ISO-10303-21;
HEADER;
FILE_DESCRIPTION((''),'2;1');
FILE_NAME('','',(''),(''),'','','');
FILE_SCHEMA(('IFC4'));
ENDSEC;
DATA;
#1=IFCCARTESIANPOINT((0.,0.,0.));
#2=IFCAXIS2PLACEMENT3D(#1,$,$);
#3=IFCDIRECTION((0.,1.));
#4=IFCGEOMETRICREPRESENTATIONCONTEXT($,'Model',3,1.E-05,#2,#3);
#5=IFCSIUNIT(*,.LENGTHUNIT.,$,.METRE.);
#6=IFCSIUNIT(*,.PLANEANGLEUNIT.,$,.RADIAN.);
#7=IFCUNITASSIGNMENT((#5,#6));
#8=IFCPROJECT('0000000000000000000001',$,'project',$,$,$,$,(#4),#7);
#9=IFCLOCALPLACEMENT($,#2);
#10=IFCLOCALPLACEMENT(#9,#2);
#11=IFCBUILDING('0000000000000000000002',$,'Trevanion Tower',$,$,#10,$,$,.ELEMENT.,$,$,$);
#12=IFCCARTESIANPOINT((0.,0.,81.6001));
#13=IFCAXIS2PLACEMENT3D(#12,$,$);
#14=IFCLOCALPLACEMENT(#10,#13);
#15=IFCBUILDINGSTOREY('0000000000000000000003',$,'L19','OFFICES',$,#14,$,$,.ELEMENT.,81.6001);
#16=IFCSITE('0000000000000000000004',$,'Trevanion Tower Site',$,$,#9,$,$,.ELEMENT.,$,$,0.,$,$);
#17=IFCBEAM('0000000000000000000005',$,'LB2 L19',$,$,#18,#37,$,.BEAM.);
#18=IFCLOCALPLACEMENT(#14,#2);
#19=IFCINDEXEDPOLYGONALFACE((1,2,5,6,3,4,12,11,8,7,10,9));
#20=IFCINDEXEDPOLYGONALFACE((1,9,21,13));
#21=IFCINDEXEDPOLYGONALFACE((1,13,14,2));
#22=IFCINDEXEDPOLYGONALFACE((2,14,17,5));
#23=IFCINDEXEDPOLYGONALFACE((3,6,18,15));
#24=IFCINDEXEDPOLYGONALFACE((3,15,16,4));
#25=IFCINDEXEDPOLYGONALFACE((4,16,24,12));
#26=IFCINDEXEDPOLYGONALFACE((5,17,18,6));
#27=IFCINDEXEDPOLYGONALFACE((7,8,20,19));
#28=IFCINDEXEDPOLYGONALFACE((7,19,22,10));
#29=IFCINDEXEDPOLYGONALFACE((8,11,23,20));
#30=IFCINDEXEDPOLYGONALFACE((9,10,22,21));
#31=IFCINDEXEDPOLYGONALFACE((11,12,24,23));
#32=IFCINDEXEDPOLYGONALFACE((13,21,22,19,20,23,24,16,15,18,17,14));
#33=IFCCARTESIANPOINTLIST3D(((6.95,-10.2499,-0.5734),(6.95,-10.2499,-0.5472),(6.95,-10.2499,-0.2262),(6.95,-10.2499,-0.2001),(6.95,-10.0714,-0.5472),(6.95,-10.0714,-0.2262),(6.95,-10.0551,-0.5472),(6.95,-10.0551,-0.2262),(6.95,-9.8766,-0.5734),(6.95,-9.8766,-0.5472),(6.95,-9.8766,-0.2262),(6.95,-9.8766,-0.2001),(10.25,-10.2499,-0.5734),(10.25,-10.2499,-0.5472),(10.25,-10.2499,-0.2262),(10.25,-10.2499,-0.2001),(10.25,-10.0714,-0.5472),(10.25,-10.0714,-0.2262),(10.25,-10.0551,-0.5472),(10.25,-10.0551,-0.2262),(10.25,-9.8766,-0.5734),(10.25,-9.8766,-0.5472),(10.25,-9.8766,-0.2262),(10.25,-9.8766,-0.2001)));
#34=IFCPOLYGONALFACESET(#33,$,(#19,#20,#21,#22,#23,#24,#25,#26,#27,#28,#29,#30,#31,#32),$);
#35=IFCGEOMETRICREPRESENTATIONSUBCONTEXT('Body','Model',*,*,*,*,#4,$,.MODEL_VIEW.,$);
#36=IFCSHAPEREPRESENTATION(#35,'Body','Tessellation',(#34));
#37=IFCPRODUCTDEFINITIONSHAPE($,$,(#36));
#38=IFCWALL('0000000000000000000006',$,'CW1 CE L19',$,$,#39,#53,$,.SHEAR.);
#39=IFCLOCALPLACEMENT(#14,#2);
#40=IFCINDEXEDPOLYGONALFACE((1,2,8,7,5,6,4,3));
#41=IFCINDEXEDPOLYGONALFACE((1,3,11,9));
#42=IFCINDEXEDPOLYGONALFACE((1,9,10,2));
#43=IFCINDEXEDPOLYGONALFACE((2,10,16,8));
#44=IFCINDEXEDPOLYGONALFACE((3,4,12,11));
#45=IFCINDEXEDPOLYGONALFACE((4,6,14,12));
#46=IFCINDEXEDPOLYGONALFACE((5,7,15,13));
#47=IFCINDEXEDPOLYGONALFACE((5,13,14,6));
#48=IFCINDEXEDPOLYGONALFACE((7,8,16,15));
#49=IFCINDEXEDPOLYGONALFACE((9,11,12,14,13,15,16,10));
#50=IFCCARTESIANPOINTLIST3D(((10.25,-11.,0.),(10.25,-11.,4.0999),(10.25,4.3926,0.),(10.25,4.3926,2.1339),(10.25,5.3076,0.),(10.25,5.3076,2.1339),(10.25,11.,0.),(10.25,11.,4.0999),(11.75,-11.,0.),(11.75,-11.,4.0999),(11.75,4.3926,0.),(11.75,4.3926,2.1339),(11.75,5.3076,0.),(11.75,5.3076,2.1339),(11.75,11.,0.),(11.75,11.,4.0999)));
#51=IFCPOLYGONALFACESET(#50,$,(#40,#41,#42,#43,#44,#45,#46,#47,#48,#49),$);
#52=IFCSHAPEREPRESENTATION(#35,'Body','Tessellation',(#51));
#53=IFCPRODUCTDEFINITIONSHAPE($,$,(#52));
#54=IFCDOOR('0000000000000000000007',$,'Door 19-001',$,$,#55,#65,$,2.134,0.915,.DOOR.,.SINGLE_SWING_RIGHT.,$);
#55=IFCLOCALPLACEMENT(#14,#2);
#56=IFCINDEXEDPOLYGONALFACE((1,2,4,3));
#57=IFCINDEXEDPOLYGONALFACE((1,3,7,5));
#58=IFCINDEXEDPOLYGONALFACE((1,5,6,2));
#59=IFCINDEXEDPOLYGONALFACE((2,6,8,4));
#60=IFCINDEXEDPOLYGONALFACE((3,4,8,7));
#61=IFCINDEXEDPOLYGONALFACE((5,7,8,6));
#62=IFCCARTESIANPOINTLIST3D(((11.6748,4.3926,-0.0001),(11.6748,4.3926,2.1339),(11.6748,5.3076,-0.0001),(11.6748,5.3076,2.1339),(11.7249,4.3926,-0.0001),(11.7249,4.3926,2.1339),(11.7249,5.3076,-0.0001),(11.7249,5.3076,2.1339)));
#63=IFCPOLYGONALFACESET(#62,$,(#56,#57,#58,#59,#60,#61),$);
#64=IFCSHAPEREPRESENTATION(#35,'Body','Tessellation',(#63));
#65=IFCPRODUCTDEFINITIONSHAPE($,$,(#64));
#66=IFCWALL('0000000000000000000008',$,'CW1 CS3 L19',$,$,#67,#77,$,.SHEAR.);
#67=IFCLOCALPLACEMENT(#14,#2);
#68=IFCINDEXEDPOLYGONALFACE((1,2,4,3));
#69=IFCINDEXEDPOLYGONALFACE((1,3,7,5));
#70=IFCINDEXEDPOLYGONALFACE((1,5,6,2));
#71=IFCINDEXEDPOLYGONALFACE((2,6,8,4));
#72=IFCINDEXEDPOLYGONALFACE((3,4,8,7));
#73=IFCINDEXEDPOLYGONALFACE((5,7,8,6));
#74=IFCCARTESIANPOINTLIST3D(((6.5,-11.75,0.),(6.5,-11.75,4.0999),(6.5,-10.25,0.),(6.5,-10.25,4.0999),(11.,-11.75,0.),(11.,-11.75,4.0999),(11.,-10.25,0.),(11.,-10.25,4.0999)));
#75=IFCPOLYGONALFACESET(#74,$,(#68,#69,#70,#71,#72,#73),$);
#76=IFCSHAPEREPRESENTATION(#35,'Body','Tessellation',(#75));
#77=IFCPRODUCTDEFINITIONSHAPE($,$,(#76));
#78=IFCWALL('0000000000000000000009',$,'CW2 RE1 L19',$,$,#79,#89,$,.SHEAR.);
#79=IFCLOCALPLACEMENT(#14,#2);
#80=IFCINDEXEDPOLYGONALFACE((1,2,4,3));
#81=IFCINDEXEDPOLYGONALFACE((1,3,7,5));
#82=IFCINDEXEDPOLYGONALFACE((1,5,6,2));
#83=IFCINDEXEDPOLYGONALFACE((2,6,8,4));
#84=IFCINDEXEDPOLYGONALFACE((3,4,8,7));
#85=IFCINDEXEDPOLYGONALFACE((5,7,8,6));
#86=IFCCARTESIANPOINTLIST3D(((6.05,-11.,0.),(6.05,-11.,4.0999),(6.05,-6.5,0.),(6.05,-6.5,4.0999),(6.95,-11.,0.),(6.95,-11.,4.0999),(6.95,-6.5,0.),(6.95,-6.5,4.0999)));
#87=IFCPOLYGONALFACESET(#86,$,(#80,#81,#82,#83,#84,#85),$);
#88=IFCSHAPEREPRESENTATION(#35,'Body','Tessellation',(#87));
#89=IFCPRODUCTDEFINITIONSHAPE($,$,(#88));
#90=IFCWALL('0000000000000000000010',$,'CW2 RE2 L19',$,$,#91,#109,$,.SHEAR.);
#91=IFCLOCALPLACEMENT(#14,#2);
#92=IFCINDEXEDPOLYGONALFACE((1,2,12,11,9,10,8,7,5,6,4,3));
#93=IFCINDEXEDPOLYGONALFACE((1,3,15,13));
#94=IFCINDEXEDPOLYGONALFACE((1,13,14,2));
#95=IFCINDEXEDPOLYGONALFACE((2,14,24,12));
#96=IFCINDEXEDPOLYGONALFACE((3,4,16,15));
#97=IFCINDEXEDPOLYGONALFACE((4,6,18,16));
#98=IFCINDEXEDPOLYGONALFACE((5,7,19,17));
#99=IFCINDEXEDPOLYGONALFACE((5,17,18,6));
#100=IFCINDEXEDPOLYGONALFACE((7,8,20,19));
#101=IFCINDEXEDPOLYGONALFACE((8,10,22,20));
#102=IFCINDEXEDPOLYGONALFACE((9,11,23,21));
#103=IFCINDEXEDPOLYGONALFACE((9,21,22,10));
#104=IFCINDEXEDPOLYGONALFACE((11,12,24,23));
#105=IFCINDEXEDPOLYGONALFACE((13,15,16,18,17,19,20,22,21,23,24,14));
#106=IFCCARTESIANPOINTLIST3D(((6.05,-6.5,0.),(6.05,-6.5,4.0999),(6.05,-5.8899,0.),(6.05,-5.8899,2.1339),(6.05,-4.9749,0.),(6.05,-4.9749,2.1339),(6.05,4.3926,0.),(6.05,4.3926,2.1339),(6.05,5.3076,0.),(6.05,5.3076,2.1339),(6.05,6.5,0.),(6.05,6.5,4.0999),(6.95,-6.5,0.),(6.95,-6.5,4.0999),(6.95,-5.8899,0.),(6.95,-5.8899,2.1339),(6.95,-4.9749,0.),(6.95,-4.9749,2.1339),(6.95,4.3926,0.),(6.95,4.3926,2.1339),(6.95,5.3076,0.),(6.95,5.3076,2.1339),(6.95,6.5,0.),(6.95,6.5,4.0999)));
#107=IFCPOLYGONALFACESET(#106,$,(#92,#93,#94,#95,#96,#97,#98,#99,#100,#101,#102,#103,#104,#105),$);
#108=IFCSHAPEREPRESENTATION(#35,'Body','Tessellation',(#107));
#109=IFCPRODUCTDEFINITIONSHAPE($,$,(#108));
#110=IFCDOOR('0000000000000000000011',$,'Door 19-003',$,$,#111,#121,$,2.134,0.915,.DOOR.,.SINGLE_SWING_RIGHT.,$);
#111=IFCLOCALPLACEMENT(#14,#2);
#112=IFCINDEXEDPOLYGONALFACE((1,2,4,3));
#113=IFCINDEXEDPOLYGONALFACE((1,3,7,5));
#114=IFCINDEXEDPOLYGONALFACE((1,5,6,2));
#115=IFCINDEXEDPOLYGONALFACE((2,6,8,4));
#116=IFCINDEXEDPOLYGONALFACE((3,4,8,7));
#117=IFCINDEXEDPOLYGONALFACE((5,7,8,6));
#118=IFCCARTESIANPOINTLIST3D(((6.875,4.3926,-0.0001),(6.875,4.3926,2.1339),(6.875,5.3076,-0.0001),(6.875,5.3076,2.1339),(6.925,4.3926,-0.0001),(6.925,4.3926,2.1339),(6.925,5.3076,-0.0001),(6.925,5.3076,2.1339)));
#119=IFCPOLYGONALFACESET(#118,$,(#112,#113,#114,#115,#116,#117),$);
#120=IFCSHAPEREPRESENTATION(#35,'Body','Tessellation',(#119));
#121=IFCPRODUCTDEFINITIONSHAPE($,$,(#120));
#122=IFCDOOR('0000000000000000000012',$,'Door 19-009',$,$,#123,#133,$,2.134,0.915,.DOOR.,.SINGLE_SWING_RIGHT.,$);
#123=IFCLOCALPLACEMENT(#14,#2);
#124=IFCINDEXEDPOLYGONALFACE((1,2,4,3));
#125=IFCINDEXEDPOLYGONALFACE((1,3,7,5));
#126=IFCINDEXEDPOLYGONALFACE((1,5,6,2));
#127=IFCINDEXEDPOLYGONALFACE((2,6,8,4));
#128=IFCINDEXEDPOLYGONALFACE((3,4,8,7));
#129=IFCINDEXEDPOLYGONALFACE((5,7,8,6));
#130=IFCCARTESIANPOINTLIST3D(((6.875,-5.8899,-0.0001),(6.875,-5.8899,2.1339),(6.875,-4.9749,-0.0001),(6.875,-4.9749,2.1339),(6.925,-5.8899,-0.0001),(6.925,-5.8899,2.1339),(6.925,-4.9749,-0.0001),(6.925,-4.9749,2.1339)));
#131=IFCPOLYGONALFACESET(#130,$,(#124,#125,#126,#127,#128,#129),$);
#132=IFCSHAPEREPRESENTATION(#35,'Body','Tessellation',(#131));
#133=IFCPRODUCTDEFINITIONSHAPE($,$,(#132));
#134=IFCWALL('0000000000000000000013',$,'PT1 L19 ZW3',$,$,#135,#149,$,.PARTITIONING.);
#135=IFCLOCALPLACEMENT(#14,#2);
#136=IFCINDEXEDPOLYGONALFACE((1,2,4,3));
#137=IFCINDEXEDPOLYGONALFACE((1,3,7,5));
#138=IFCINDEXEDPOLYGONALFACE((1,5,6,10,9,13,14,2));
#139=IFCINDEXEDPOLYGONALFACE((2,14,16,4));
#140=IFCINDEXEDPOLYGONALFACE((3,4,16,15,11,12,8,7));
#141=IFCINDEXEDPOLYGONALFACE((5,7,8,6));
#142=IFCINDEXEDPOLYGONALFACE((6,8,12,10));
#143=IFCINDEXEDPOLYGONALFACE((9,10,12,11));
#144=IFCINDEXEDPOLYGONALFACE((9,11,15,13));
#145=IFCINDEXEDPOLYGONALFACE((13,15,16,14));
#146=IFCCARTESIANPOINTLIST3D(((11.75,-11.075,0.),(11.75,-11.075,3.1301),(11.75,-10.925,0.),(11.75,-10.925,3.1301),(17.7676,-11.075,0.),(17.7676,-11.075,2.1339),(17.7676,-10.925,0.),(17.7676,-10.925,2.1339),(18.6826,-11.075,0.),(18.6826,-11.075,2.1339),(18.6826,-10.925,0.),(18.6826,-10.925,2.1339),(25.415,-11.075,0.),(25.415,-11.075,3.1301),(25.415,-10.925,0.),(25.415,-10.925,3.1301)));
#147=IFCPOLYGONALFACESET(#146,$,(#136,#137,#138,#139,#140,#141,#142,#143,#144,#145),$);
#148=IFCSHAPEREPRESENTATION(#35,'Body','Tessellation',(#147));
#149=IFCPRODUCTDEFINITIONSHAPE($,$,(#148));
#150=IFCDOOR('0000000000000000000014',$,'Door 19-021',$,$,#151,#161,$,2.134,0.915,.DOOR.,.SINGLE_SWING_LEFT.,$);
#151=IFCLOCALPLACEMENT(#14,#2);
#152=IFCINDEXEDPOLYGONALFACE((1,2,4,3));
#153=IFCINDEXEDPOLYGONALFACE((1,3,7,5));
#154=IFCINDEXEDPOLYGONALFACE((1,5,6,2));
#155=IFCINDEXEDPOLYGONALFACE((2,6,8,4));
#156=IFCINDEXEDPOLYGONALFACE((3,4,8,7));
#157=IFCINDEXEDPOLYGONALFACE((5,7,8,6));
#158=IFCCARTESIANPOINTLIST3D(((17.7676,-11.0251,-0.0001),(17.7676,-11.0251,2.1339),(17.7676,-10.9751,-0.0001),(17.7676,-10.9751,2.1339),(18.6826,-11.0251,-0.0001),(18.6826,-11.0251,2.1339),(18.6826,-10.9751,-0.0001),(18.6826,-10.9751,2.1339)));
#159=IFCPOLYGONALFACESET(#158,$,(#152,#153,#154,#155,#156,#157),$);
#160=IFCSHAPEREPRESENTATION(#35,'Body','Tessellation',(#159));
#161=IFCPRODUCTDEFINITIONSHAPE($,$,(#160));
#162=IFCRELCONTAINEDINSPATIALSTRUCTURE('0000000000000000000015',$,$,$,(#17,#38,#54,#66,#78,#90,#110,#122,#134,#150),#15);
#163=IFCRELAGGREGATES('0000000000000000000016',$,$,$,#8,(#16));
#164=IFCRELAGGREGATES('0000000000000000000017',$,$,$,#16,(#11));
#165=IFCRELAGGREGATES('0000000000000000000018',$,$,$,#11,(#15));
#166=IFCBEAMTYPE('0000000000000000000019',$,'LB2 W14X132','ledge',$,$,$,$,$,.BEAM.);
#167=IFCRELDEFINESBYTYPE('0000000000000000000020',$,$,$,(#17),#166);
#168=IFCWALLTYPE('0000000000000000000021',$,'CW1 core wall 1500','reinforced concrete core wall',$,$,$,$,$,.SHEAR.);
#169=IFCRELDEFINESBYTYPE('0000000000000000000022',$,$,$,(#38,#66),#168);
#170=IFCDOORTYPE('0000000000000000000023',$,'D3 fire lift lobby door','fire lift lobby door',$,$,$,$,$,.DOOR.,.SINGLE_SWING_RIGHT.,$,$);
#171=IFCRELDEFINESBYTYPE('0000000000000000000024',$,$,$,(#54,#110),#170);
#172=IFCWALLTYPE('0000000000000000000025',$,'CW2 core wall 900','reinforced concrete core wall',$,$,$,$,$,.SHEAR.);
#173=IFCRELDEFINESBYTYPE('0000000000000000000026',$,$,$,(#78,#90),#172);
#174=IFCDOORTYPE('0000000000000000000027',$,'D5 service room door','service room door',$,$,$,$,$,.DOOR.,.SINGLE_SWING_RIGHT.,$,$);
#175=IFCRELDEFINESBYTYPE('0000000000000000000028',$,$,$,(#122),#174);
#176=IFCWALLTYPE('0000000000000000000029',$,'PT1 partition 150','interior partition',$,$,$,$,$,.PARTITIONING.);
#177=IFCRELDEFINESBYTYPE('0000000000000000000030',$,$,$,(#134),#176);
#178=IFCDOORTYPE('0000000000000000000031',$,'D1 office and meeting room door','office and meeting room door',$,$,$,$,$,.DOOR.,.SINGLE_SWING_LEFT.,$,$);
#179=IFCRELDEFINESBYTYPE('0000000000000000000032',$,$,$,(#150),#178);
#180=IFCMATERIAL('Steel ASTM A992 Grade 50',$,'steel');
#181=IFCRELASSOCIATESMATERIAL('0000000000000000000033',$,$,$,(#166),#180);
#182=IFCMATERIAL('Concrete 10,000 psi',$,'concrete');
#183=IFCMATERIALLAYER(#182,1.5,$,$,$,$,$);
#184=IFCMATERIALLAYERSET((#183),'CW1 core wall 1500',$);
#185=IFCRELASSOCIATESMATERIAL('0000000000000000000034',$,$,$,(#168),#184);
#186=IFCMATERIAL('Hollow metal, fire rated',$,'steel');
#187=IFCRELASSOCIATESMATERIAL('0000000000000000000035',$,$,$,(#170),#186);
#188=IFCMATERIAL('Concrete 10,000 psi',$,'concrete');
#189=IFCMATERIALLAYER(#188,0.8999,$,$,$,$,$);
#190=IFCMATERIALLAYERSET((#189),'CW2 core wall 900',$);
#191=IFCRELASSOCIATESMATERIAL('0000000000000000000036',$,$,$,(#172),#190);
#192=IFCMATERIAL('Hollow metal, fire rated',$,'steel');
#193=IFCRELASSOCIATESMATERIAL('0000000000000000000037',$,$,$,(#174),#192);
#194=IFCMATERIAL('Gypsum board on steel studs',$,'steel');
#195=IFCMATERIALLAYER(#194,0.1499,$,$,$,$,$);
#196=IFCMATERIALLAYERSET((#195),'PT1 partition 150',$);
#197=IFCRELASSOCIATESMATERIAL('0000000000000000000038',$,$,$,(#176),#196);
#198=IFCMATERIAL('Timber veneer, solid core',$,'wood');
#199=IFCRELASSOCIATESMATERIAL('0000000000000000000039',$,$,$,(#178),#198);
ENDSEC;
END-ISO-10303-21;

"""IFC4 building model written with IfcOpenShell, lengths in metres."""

from ifc_helpers import new_model, si_unit, direction, frame, frame_2d, origin, origin_2d, place, context, subcontext, project, spatial, rectangle, i_section, extrude, material, layer, layer_set, material_profile, profile_set, type_object, element, fill, save


model = new_model("IFC4")

# Units and contexts
model_context = context("Model", 3, precision=1e-05, world=origin(), true_north=direction((0.0, 1.0)))
body_context = subcontext(model_context, "Body", "Model", "MODEL_VIEW")
ifc_project = project(units=[si_unit("LENGTHUNIT", "METRE"), si_unit("PLANEANGLEUNIT", "RADIAN")], contexts=[model_context])

# Site, building, storey
site_placement = place(None, origin())
site = spatial("IfcSite", under=ifc_project, at=site_placement, Name="Trevanion Tower Site", CompositionType="ELEMENT", RefElevation=0.0)
building_placement = place(site_placement, origin())
building = spatial("IfcBuilding", under=site, at=building_placement, Name="Trevanion Tower", CompositionType="ELEMENT")
storey_placement = place(building_placement, frame((0.0, 0.0, 81.6001)))
storey = spatial("IfcBuildingStorey", under=building, at=storey_placement, Name="L19", Description="OFFICES", CompositionType="ELEMENT", Elevation=81.6001)

# Beam
ifc_material_1 = material(Name="Steel ASTM A992 Grade 50", Category="steel")
ifc_material_profile_1 = material_profile(ifc_material_1, i_section(OverallWidth=0.3733, OverallDepth=0.3733, WebThickness=0.0164, FlangeThickness=0.0261, at=origin_2d()), Name="W14X132")
ifc_profile_set_1 = profile_set([ifc_material_profile_1], Name="Steel ASTM A992 Grade 50")
beam_type_1 = type_object("IfcBeamType", Name="LB2 W14X132", Description="ledge", PredefinedType="BEAM", material=ifc_profile_set_1)
beam_1_placement = place(storey_placement, frame((6.95, -10.0632, -0.3867), z_axis=(1.0, 0.0, 0.0), x_axis=(0.0, 1.0, 0.0)))
element("IfcBeam", 1, at=beam_1_placement, inside=storey, type_object=beam_type_1, Name="LB2 L19", PredefinedType="BEAM", context=body_context, shape_type="SweptSolid", body=[
    extrude(i_section(OverallWidth=0.3733, OverallDepth=0.3733, WebThickness=0.0164, FlangeThickness=0.0261, at=origin_2d()), origin(), (0.0, 0.0, 1.0), 3.3),
])

# Wall, opening, door
ifc_material_2 = material(Name="Concrete 10,000 psi", Category="concrete")
ifc_layer_1 = layer(ifc_material_2, 1.5)
ifc_layer_set_1 = layer_set([ifc_layer_1], Name="CW1 core wall 1500")
wall_type_1 = type_object("IfcWallType", Name="CW1 core wall 1500", Description="reinforced concrete core wall", PredefinedType="SHEAR", material=ifc_layer_set_1)
wall_1_placement = place(storey_placement, frame((11.0, -11.0, 0.0), z_axis=(0.0, 0.0, 1.0), x_axis=(0.0, 1.0, 0.0)))
wall_1 = element("IfcWall", 2, at=wall_1_placement, inside=storey, type_object=wall_type_1, Name="CW1 CE L19", PredefinedType="SHEAR", context=body_context, shape_type="SweptSolid", body=[
    extrude(rectangle(XDim=22.0, YDim=1.5, at=frame_2d((11.0, 0.0))), origin(), (0.0, 0.0, 1.0), 4.0999),
])
opening_1_placement = place(wall_1_placement, frame((15.3926, 0.0, 0.0)))
opening_1 = element("IfcOpeningElement", 3, at=opening_1_placement, cuts=wall_1, PredefinedType="OPENING", context=body_context, shape_type="SweptSolid", body=[
    extrude(rectangle(XDim=0.915, YDim=2.134, at=frame_2d((0.4575, 1.0669))), frame((0.0, 0.76, 0.0), z_axis=(0.0, -1.0, 0.0), x_axis=(1.0, 0.0, 0.0)), (0.0, 0.0, 1.0), 1.52),
])
ifc_material_3 = material(Name="Hollow metal, fire rated", Category="steel")
door_type_1 = type_object("IfcDoorType", Name="D3 fire lift lobby door", Description="fire lift lobby door", OperationType="SINGLE_SWING_RIGHT", PredefinedType="DOOR", material=ifc_material_3)
door_1_placement = place(opening_1_placement, origin())
door_1 = element("IfcDoor", 4, at=door_1_placement, inside=storey, type_object=door_type_1, Name="Door 19-001", OperationType="SINGLE_SWING_RIGHT", OverallHeight=2.134, OverallWidth=0.915, PredefinedType="DOOR", context=body_context, shape_type="SweptSolid", body=[
    extrude(rectangle(XDim=0.915, YDim=2.134, at=frame_2d((0.4575, 1.0669))), frame((0.0, -0.6748, 0.0), z_axis=(0.0, -1.0, 0.0), x_axis=(1.0, 0.0, 0.0)), (0.0, 0.0, 1.0), 0.05),
])
fill(opening_1, door_1)

# Walls
wall_2_placement = place(storey_placement, frame((6.5, -11.0, 0.0), z_axis=(0.0, 0.0, 1.0), x_axis=(1.0, 0.0, 0.0)))
element("IfcWall", 5, at=wall_2_placement, inside=storey, type_object=wall_type_1, Name="CW1 CS3 L19", PredefinedType="SHEAR", context=body_context, shape_type="SweptSolid", body=[
    extrude(rectangle(XDim=4.5, YDim=1.5, at=frame_2d((2.25, 0.0))), origin(), (0.0, 0.0, 1.0), 4.0999),
])
ifc_material_4 = material(Name="Concrete 10,000 psi", Category="concrete")
ifc_layer_2 = layer(ifc_material_4, 0.8999)
ifc_layer_set_2 = layer_set([ifc_layer_2], Name="CW2 core wall 900")
wall_type_2 = type_object("IfcWallType", Name="CW2 core wall 900", Description="reinforced concrete core wall", PredefinedType="SHEAR", material=ifc_layer_set_2)
wall_3_placement = place(storey_placement, frame((6.5, -11.0, 0.0), z_axis=(0.0, 0.0, 1.0), x_axis=(0.0, 1.0, 0.0)))
element("IfcWall", 6, at=wall_3_placement, inside=storey, type_object=wall_type_2, Name="CW2 RE1 L19", PredefinedType="SHEAR", context=body_context, shape_type="SweptSolid", body=[
    extrude(rectangle(XDim=4.5, YDim=0.8999, at=frame_2d((2.25, 0.0))), origin(), (0.0, 0.0, 1.0), 4.0999),
])

# Wall, openings, doors
wall_4_placement = place(storey_placement, frame((6.5, -6.5, 0.0), z_axis=(0.0, 0.0, 1.0), x_axis=(0.0, 1.0, 0.0)))
wall_4 = element("IfcWall", 7, at=wall_4_placement, inside=storey, type_object=wall_type_2, Name="CW2 RE2 L19", PredefinedType="SHEAR", context=body_context, shape_type="SweptSolid", body=[
    extrude(rectangle(XDim=13.0, YDim=0.8999, at=frame_2d((6.5, 0.0))), origin(), (0.0, 0.0, 1.0), 4.0999),
])
opening_2_placement = place(wall_4_placement, frame((10.8926, 0.0, 0.0)))
opening_2 = element("IfcOpeningElement", 8, at=opening_2_placement, cuts=wall_4, PredefinedType="OPENING", context=body_context, shape_type="SweptSolid", body=[
    extrude(rectangle(XDim=0.915, YDim=2.134, at=frame_2d((0.4575, 1.0669))), frame((0.0, 0.46, 0.0), z_axis=(0.0, -1.0, 0.0), x_axis=(1.0, 0.0, 0.0)), (0.0, 0.0, 1.0), 0.9199),
])
opening_3_placement = place(wall_4_placement, frame((0.6101, 0.0, 0.0)))
opening_3 = element("IfcOpeningElement", 9, at=opening_3_placement, cuts=wall_4, PredefinedType="OPENING", context=body_context, shape_type="SweptSolid", body=[
    extrude(rectangle(XDim=0.915, YDim=2.134, at=frame_2d((0.4575, 1.0669))), frame((0.0, 0.46, 0.0), z_axis=(0.0, -1.0, 0.0), x_axis=(1.0, 0.0, 0.0)), (0.0, 0.0, 1.0), 0.9199),
])
door_2_placement = place(opening_2_placement, origin())
door_2 = element("IfcDoor", 10, at=door_2_placement, inside=storey, type_object=door_type_1, Name="Door 19-003", OperationType="SINGLE_SWING_RIGHT", OverallHeight=2.134, OverallWidth=0.915, PredefinedType="DOOR", context=body_context, shape_type="SweptSolid", body=[
    extrude(rectangle(XDim=0.915, YDim=2.134, at=frame_2d((0.4575, 1.0669))), frame((0.0, -0.375, 0.0), z_axis=(0.0, -1.0, 0.0), x_axis=(1.0, 0.0, 0.0)), (0.0, 0.0, 1.0), 0.05),
])
fill(opening_2, door_2)
ifc_material_5 = material(Name="Hollow metal, fire rated", Category="steel")
door_type_2 = type_object("IfcDoorType", Name="D5 service room door", Description="service room door", OperationType="SINGLE_SWING_RIGHT", PredefinedType="DOOR", material=ifc_material_5)
door_3_placement = place(opening_3_placement, origin())
door_3 = element("IfcDoor", 11, at=door_3_placement, inside=storey, type_object=door_type_2, Name="Door 19-009", OperationType="SINGLE_SWING_RIGHT", OverallHeight=2.134, OverallWidth=0.915, PredefinedType="DOOR", context=body_context, shape_type="SweptSolid", body=[
    extrude(rectangle(XDim=0.915, YDim=2.134, at=frame_2d((0.4575, 1.0669))), frame((0.0, -0.375, 0.0), z_axis=(0.0, -1.0, 0.0), x_axis=(1.0, 0.0, 0.0)), (0.0, 0.0, 1.0), 0.05),
])
fill(opening_3, door_3)

# Wall, opening, door
ifc_material_6 = material(Name="Gypsum board on steel studs", Category="steel")
ifc_layer_3 = layer(ifc_material_6, 0.1499)
ifc_layer_set_3 = layer_set([ifc_layer_3], Name="PT1 partition 150")
wall_type_3 = type_object("IfcWallType", Name="PT1 partition 150", Description="interior partition", PredefinedType="PARTITIONING", material=ifc_layer_set_3)
wall_5_placement = place(storey_placement, frame((11.75, -11.0, 0.0), z_axis=(0.0, 0.0, 1.0), x_axis=(1.0, 0.0, 0.0)))
wall_5 = element("IfcWall", 12, at=wall_5_placement, inside=storey, type_object=wall_type_3, Name="PT1 L19 ZW3", PredefinedType="PARTITIONING", context=body_context, shape_type="SweptSolid", body=[
    extrude(rectangle(XDim=13.665, YDim=0.1499, at=frame_2d((6.8325, 0.0))), origin(), (0.0, 0.0, 1.0), 3.1301),
])
opening_4_placement = place(wall_5_placement, frame((6.0176, 0.0, 0.0)))
opening_4 = element("IfcOpeningElement", 13, at=opening_4_placement, cuts=wall_5, PredefinedType="OPENING", context=body_context, shape_type="SweptSolid", body=[
    extrude(rectangle(XDim=0.915, YDim=2.134, at=frame_2d((0.4575, 1.0669))), frame((0.0, 0.085, 0.0), z_axis=(0.0, -1.0, 0.0), x_axis=(1.0, 0.0, 0.0)), (0.0, 0.0, 1.0), 0.1699),
])
ifc_material_7 = material(Name="Timber veneer, solid core", Category="wood")
door_type_3 = type_object("IfcDoorType", Name="D1 office and meeting room door", Description="office and meeting room door", OperationType="SINGLE_SWING_LEFT", PredefinedType="DOOR", material=ifc_material_7)
door_4_placement = place(opening_4_placement, origin())
door_4 = element("IfcDoor", 14, at=door_4_placement, inside=storey, type_object=door_type_3, Name="Door 19-021", OperationType="SINGLE_SWING_LEFT", OverallHeight=2.134, OverallWidth=0.915, PredefinedType="DOOR", context=body_context, shape_type="SweptSolid", body=[
    extrude(rectangle(XDim=0.915, YDim=2.134, at=frame_2d((0.4575, 1.0669))), frame((0.0, 0.0249, 0.0), z_axis=(0.0, -1.0, 0.0), x_axis=(1.0, 0.0, 0.0)), (0.0, 0.0, 1.0), 0.05),
])
fill(opening_4, door_4)

save(model, "model.ifc")
